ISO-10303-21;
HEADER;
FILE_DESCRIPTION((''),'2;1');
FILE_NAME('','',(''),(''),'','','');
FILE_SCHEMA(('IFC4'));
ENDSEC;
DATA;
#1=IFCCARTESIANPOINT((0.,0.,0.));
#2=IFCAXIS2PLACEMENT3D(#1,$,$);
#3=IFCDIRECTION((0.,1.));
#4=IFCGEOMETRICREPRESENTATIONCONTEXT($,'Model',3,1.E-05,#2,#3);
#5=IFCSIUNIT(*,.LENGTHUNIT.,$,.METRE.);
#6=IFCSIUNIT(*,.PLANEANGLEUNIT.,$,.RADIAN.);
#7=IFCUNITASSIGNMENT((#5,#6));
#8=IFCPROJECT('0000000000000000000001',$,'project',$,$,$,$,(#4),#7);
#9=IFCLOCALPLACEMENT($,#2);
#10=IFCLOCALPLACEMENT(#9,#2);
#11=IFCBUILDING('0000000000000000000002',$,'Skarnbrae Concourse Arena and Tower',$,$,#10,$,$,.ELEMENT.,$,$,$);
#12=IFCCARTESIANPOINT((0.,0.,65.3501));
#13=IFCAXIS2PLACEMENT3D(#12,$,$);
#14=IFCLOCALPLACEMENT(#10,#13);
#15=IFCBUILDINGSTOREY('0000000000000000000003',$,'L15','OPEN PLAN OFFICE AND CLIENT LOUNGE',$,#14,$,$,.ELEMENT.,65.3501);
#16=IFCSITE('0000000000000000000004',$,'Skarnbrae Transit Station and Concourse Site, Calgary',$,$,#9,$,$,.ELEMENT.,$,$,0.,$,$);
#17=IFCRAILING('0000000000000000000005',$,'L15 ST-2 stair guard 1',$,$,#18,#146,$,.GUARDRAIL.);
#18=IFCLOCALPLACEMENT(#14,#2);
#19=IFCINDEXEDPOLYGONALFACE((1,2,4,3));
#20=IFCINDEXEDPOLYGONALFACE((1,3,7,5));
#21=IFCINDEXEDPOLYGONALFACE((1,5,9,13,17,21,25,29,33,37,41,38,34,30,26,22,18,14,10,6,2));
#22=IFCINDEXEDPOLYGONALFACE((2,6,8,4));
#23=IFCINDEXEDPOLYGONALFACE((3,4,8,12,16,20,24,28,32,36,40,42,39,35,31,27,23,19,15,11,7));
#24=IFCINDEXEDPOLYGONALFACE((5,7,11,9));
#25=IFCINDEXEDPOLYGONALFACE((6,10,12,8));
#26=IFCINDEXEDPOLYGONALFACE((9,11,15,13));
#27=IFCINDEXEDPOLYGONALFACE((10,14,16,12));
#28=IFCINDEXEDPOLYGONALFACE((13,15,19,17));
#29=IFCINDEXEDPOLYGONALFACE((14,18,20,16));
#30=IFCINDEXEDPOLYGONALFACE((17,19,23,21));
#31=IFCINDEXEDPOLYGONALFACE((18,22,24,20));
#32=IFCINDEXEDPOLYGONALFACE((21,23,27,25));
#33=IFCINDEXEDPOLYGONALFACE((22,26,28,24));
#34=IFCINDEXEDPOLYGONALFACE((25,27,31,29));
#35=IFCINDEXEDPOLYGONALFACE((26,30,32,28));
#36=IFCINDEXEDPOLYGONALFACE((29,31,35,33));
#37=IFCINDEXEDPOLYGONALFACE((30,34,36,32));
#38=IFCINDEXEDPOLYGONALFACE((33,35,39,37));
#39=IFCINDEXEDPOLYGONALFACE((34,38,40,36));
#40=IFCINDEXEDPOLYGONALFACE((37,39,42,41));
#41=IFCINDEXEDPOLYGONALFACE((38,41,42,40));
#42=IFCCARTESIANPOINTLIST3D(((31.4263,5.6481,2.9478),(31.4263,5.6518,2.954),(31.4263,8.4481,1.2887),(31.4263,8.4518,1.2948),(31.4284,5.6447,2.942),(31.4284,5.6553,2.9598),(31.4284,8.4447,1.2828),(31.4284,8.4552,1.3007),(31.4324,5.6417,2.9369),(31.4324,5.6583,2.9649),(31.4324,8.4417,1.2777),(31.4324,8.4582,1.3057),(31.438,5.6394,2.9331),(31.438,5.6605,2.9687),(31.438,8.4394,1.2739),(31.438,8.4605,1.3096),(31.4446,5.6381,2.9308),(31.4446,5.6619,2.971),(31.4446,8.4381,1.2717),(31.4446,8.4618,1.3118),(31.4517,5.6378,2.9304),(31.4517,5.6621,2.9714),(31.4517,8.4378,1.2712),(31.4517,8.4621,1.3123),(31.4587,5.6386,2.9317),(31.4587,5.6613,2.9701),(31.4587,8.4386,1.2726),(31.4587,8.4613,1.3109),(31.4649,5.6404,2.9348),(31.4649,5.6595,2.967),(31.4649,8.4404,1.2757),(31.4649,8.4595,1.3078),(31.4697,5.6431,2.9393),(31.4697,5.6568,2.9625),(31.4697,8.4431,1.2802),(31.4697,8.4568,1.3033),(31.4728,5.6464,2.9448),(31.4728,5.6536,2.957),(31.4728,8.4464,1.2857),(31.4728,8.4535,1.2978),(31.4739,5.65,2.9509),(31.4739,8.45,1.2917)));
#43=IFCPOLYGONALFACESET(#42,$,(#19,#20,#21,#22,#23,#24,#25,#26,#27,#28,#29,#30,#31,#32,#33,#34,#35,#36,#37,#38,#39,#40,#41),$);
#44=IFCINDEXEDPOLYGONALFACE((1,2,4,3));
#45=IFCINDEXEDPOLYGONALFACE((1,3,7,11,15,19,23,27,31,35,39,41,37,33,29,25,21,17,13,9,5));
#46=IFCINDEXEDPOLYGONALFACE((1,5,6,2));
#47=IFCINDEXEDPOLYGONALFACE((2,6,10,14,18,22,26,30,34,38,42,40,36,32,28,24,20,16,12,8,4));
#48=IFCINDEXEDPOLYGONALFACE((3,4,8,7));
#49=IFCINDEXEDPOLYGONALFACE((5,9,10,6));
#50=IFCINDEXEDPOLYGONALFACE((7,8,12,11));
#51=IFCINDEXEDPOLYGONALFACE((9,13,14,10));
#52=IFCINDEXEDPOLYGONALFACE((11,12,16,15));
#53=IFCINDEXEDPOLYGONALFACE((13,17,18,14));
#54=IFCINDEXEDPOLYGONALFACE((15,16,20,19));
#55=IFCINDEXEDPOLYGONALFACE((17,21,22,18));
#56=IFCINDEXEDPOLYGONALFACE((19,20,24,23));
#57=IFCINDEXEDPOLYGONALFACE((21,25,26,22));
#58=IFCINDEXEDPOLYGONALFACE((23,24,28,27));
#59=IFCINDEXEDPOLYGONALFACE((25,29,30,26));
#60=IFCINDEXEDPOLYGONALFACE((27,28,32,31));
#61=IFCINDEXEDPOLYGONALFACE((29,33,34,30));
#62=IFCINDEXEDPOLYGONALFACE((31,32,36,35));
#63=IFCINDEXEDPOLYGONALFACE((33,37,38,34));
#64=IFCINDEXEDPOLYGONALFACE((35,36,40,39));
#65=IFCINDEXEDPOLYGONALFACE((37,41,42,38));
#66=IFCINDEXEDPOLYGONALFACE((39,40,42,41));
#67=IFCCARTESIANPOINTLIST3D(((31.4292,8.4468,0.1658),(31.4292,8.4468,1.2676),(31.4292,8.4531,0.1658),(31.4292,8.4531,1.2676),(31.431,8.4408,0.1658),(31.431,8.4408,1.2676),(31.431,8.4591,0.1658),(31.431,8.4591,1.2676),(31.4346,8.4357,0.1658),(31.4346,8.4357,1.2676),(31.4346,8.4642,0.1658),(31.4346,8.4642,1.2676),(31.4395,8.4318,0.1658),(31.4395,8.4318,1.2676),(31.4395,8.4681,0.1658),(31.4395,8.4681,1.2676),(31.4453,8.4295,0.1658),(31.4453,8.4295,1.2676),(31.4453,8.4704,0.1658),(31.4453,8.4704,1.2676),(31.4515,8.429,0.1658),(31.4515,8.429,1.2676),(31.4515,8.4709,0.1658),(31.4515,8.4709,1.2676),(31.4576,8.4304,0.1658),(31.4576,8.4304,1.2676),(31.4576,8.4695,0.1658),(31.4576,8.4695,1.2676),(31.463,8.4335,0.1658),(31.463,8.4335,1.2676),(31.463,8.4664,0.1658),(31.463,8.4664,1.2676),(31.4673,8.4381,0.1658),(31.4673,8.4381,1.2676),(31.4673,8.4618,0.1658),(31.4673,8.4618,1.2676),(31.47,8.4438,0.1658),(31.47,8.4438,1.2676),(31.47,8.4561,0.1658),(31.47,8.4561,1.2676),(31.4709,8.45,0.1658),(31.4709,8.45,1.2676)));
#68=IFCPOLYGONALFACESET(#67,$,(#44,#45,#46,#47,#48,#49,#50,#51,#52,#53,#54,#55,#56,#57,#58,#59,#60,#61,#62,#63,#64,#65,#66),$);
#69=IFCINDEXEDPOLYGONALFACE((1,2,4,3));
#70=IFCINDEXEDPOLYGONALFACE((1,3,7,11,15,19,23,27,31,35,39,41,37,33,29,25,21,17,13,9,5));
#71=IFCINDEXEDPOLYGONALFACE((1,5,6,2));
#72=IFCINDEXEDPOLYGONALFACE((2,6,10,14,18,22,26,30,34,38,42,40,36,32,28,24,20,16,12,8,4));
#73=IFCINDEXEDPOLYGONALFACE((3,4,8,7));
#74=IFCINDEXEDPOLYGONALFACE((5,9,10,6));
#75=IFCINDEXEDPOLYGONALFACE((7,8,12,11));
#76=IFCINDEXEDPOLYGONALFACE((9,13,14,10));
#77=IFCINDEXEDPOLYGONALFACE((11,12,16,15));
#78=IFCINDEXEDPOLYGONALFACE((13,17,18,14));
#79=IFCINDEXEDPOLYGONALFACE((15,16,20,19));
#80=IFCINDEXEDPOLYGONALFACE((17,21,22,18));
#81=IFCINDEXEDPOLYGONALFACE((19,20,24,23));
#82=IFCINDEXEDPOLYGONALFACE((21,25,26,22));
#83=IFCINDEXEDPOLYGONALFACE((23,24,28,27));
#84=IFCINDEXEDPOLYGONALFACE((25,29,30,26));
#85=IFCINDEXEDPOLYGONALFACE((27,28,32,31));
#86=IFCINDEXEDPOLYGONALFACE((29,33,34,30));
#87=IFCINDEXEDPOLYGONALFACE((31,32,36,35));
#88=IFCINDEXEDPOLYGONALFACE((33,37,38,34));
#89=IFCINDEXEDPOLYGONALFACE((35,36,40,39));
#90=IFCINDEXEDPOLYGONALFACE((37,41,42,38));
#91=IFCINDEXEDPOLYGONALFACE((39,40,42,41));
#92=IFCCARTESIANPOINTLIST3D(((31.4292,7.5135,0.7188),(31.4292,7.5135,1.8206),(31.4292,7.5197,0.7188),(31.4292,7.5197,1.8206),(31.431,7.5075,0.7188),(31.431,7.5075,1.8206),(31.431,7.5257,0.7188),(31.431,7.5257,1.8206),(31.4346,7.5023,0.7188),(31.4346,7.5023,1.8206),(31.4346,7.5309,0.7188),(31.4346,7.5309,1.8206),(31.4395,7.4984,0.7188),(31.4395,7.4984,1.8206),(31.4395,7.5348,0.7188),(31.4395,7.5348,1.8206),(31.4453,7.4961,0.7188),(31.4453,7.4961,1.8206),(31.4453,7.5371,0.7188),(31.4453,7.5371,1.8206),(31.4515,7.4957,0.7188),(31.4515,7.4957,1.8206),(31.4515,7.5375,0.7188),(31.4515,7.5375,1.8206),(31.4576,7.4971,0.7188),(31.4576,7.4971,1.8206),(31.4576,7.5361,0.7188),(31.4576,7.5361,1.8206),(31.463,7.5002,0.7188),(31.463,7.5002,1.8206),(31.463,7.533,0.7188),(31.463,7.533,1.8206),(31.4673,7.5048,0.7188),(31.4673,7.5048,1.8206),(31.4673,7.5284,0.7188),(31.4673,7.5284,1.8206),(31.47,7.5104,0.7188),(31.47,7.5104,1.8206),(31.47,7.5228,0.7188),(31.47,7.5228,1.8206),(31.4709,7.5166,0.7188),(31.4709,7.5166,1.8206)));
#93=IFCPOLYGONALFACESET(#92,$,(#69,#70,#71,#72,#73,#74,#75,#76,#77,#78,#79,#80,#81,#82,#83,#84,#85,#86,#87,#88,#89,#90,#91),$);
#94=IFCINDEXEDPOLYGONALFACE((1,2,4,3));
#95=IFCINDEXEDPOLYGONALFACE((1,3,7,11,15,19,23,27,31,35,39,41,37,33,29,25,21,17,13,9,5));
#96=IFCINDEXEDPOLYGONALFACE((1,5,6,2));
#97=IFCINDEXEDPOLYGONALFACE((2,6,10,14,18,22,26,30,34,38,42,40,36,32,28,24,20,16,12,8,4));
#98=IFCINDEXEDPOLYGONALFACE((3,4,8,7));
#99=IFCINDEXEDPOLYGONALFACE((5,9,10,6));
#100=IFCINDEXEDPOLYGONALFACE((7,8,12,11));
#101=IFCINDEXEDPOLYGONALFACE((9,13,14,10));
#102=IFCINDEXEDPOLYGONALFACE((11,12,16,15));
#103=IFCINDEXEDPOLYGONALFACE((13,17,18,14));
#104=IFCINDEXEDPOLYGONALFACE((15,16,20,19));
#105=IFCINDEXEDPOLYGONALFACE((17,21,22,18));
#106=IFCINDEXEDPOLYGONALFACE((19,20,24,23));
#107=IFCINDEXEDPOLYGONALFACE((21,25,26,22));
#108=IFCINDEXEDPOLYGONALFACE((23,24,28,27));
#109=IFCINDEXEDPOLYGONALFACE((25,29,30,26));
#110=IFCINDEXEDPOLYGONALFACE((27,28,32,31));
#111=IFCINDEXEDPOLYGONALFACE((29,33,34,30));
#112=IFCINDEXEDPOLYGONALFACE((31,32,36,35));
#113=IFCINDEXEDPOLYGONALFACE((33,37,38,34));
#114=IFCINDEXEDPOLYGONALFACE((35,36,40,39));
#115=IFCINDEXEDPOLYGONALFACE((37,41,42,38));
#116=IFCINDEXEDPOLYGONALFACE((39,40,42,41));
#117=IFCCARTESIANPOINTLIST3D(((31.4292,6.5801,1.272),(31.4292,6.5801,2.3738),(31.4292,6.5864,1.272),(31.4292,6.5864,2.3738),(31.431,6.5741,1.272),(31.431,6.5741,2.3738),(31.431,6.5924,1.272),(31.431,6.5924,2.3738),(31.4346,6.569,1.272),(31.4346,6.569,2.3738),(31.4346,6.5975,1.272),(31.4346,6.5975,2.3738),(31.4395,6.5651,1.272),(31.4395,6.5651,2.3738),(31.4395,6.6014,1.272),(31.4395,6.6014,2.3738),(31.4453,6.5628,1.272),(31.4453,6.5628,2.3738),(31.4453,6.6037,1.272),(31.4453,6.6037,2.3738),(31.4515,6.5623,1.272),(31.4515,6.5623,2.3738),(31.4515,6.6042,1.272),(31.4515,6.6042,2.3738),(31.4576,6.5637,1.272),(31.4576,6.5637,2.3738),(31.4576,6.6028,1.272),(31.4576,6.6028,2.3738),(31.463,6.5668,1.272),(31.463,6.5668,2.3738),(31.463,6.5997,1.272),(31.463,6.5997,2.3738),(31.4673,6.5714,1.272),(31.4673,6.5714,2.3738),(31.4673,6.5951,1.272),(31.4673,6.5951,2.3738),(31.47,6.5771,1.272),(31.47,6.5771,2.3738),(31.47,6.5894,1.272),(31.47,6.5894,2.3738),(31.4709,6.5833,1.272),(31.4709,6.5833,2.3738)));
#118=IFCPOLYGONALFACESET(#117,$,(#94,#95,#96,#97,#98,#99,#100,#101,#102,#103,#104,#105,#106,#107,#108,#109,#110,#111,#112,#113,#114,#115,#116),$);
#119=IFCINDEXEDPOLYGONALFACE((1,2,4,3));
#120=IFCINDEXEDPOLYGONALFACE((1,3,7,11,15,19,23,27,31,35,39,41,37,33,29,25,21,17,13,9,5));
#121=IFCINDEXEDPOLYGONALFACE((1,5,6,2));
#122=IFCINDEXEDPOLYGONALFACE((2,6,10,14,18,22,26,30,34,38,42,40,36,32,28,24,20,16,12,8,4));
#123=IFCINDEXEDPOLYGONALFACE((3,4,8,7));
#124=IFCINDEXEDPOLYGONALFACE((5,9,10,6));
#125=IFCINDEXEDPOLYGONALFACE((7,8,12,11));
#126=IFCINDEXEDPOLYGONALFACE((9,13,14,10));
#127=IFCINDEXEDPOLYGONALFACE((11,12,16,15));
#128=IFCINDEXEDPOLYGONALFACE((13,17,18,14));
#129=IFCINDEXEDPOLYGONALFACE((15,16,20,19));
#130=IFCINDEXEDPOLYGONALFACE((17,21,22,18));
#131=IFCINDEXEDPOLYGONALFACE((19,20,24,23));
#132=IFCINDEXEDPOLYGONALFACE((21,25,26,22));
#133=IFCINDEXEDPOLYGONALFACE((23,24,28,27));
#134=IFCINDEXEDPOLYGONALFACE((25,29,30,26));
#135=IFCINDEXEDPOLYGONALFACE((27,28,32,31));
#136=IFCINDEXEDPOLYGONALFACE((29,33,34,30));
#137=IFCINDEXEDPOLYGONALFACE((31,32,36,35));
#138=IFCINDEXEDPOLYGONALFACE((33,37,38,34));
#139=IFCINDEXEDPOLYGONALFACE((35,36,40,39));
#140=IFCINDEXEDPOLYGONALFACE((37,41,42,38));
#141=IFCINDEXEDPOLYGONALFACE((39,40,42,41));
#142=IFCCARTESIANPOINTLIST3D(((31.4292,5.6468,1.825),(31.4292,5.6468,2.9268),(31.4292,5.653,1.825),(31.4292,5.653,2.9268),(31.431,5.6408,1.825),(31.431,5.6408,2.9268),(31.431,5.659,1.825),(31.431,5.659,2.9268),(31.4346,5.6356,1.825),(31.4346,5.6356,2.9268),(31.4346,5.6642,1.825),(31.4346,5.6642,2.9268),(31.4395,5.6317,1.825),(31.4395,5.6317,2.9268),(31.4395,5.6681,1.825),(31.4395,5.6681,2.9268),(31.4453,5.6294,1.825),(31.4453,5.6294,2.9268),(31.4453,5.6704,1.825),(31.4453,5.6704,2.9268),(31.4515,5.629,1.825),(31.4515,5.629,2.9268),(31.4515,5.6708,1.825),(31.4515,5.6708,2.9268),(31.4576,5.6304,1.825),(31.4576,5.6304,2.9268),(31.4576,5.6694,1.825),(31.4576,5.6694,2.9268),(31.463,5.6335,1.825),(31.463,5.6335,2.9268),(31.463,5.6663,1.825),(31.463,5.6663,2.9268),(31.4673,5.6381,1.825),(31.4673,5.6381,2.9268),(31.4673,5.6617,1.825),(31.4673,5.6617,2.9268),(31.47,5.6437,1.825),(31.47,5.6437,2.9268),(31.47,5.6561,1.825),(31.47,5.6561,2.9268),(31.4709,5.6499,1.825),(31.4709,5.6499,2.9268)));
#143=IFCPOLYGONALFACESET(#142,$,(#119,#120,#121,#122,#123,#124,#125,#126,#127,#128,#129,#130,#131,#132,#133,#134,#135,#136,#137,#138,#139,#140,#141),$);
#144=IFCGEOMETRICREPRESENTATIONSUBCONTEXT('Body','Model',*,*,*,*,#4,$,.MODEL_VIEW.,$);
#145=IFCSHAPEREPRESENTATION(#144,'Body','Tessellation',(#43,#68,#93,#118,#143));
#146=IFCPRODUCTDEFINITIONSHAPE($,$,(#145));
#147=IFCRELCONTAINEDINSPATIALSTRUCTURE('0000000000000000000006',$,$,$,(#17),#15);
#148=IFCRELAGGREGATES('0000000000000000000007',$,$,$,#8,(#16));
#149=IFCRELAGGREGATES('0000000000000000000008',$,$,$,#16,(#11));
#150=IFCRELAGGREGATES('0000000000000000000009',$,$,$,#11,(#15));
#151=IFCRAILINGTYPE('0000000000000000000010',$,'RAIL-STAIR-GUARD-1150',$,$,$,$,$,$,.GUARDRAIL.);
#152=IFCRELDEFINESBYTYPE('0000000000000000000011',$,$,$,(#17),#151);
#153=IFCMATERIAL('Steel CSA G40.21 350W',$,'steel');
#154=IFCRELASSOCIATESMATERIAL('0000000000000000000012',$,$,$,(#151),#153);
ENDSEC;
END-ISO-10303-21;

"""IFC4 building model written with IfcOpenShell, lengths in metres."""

from ifc_helpers import new_model, si_unit, direction, frame, origin, origin_2d, place, context, subcontext, project, spatial, circle, extrude, material, type_object, element, save


model = new_model("IFC4")

# Units and contexts
model_context = context("Model", 3, precision=1e-05, world=origin(), true_north=direction((0.0, 1.0)))
body_context = subcontext(model_context, "Body", "Model", "MODEL_VIEW")
ifc_project = project(units=[si_unit("LENGTHUNIT", "METRE"), si_unit("PLANEANGLEUNIT", "RADIAN")], contexts=[model_context])

# Site, building, storey
site_placement = place(None, origin())
site = spatial("IfcSite", under=ifc_project, at=site_placement, Name="Skarnbrae Transit Station and Concourse Site, Calgary", CompositionType="ELEMENT", RefElevation=0.0)
building_placement = place(site_placement, origin())
building = spatial("IfcBuilding", under=site, at=building_placement, Name="Skarnbrae Concourse Arena and Tower", CompositionType="ELEMENT")
storey_placement = place(building_placement, frame((0.0, 0.0, 65.3501)))
storey = spatial("IfcBuildingStorey", under=building, at=storey_placement, Name="L15", Description="OPEN PLAN OFFICE AND CLIENT LOUNGE", CompositionType="ELEMENT", Elevation=65.3501)

# Shared definitions
ifc_material_1 = material(Name="Steel CSA G40.21 350W", Category="steel")

# Railing
railing_type_1 = type_object("IfcRailingType", Name="RAIL-STAIR-GUARD-1150", PredefinedType="GUARDRAIL", material=ifc_material_1)
railing_1_placement = place(storey_placement, frame((31.45, 8.45, 0.1658)))
element("IfcRailing", 1, at=railing_1_placement, inside=storey, type_object=railing_type_1, Name="L15 ST-2 stair guard 1", PredefinedType="GUARDRAIL", context=body_context, shape_type="SweptSolid", body=[
    extrude(circle(Radius=0.0239, at=origin_2d()), frame((0.0, 0.0, 1.126), z_axis=(0.0, -0.860306, 0.509778), x_axis=(1.0, 0.0, 0.0)), (0.0, 0.0, 1.0), 3.2546),
    extrude(circle(Radius=0.021, at=origin_2d()), origin(), (0.0, 0.0, 1.0), 1.1018),
    extrude(circle(Radius=0.021, at=origin_2d()), frame((0.0, -0.9333, 0.553)), (0.0, 0.0, 1.0), 1.1018),
    extrude(circle(Radius=0.021, at=origin_2d()), frame((0.0, -1.8667, 1.1062)), (0.0, 0.0, 1.0), 1.1018),
    extrude(circle(Radius=0.021, at=origin_2d()), frame((0.0, -2.8, 1.6592)), (0.0, 0.0, 1.0), 1.1018),
])

save(model, "model.ifc")
